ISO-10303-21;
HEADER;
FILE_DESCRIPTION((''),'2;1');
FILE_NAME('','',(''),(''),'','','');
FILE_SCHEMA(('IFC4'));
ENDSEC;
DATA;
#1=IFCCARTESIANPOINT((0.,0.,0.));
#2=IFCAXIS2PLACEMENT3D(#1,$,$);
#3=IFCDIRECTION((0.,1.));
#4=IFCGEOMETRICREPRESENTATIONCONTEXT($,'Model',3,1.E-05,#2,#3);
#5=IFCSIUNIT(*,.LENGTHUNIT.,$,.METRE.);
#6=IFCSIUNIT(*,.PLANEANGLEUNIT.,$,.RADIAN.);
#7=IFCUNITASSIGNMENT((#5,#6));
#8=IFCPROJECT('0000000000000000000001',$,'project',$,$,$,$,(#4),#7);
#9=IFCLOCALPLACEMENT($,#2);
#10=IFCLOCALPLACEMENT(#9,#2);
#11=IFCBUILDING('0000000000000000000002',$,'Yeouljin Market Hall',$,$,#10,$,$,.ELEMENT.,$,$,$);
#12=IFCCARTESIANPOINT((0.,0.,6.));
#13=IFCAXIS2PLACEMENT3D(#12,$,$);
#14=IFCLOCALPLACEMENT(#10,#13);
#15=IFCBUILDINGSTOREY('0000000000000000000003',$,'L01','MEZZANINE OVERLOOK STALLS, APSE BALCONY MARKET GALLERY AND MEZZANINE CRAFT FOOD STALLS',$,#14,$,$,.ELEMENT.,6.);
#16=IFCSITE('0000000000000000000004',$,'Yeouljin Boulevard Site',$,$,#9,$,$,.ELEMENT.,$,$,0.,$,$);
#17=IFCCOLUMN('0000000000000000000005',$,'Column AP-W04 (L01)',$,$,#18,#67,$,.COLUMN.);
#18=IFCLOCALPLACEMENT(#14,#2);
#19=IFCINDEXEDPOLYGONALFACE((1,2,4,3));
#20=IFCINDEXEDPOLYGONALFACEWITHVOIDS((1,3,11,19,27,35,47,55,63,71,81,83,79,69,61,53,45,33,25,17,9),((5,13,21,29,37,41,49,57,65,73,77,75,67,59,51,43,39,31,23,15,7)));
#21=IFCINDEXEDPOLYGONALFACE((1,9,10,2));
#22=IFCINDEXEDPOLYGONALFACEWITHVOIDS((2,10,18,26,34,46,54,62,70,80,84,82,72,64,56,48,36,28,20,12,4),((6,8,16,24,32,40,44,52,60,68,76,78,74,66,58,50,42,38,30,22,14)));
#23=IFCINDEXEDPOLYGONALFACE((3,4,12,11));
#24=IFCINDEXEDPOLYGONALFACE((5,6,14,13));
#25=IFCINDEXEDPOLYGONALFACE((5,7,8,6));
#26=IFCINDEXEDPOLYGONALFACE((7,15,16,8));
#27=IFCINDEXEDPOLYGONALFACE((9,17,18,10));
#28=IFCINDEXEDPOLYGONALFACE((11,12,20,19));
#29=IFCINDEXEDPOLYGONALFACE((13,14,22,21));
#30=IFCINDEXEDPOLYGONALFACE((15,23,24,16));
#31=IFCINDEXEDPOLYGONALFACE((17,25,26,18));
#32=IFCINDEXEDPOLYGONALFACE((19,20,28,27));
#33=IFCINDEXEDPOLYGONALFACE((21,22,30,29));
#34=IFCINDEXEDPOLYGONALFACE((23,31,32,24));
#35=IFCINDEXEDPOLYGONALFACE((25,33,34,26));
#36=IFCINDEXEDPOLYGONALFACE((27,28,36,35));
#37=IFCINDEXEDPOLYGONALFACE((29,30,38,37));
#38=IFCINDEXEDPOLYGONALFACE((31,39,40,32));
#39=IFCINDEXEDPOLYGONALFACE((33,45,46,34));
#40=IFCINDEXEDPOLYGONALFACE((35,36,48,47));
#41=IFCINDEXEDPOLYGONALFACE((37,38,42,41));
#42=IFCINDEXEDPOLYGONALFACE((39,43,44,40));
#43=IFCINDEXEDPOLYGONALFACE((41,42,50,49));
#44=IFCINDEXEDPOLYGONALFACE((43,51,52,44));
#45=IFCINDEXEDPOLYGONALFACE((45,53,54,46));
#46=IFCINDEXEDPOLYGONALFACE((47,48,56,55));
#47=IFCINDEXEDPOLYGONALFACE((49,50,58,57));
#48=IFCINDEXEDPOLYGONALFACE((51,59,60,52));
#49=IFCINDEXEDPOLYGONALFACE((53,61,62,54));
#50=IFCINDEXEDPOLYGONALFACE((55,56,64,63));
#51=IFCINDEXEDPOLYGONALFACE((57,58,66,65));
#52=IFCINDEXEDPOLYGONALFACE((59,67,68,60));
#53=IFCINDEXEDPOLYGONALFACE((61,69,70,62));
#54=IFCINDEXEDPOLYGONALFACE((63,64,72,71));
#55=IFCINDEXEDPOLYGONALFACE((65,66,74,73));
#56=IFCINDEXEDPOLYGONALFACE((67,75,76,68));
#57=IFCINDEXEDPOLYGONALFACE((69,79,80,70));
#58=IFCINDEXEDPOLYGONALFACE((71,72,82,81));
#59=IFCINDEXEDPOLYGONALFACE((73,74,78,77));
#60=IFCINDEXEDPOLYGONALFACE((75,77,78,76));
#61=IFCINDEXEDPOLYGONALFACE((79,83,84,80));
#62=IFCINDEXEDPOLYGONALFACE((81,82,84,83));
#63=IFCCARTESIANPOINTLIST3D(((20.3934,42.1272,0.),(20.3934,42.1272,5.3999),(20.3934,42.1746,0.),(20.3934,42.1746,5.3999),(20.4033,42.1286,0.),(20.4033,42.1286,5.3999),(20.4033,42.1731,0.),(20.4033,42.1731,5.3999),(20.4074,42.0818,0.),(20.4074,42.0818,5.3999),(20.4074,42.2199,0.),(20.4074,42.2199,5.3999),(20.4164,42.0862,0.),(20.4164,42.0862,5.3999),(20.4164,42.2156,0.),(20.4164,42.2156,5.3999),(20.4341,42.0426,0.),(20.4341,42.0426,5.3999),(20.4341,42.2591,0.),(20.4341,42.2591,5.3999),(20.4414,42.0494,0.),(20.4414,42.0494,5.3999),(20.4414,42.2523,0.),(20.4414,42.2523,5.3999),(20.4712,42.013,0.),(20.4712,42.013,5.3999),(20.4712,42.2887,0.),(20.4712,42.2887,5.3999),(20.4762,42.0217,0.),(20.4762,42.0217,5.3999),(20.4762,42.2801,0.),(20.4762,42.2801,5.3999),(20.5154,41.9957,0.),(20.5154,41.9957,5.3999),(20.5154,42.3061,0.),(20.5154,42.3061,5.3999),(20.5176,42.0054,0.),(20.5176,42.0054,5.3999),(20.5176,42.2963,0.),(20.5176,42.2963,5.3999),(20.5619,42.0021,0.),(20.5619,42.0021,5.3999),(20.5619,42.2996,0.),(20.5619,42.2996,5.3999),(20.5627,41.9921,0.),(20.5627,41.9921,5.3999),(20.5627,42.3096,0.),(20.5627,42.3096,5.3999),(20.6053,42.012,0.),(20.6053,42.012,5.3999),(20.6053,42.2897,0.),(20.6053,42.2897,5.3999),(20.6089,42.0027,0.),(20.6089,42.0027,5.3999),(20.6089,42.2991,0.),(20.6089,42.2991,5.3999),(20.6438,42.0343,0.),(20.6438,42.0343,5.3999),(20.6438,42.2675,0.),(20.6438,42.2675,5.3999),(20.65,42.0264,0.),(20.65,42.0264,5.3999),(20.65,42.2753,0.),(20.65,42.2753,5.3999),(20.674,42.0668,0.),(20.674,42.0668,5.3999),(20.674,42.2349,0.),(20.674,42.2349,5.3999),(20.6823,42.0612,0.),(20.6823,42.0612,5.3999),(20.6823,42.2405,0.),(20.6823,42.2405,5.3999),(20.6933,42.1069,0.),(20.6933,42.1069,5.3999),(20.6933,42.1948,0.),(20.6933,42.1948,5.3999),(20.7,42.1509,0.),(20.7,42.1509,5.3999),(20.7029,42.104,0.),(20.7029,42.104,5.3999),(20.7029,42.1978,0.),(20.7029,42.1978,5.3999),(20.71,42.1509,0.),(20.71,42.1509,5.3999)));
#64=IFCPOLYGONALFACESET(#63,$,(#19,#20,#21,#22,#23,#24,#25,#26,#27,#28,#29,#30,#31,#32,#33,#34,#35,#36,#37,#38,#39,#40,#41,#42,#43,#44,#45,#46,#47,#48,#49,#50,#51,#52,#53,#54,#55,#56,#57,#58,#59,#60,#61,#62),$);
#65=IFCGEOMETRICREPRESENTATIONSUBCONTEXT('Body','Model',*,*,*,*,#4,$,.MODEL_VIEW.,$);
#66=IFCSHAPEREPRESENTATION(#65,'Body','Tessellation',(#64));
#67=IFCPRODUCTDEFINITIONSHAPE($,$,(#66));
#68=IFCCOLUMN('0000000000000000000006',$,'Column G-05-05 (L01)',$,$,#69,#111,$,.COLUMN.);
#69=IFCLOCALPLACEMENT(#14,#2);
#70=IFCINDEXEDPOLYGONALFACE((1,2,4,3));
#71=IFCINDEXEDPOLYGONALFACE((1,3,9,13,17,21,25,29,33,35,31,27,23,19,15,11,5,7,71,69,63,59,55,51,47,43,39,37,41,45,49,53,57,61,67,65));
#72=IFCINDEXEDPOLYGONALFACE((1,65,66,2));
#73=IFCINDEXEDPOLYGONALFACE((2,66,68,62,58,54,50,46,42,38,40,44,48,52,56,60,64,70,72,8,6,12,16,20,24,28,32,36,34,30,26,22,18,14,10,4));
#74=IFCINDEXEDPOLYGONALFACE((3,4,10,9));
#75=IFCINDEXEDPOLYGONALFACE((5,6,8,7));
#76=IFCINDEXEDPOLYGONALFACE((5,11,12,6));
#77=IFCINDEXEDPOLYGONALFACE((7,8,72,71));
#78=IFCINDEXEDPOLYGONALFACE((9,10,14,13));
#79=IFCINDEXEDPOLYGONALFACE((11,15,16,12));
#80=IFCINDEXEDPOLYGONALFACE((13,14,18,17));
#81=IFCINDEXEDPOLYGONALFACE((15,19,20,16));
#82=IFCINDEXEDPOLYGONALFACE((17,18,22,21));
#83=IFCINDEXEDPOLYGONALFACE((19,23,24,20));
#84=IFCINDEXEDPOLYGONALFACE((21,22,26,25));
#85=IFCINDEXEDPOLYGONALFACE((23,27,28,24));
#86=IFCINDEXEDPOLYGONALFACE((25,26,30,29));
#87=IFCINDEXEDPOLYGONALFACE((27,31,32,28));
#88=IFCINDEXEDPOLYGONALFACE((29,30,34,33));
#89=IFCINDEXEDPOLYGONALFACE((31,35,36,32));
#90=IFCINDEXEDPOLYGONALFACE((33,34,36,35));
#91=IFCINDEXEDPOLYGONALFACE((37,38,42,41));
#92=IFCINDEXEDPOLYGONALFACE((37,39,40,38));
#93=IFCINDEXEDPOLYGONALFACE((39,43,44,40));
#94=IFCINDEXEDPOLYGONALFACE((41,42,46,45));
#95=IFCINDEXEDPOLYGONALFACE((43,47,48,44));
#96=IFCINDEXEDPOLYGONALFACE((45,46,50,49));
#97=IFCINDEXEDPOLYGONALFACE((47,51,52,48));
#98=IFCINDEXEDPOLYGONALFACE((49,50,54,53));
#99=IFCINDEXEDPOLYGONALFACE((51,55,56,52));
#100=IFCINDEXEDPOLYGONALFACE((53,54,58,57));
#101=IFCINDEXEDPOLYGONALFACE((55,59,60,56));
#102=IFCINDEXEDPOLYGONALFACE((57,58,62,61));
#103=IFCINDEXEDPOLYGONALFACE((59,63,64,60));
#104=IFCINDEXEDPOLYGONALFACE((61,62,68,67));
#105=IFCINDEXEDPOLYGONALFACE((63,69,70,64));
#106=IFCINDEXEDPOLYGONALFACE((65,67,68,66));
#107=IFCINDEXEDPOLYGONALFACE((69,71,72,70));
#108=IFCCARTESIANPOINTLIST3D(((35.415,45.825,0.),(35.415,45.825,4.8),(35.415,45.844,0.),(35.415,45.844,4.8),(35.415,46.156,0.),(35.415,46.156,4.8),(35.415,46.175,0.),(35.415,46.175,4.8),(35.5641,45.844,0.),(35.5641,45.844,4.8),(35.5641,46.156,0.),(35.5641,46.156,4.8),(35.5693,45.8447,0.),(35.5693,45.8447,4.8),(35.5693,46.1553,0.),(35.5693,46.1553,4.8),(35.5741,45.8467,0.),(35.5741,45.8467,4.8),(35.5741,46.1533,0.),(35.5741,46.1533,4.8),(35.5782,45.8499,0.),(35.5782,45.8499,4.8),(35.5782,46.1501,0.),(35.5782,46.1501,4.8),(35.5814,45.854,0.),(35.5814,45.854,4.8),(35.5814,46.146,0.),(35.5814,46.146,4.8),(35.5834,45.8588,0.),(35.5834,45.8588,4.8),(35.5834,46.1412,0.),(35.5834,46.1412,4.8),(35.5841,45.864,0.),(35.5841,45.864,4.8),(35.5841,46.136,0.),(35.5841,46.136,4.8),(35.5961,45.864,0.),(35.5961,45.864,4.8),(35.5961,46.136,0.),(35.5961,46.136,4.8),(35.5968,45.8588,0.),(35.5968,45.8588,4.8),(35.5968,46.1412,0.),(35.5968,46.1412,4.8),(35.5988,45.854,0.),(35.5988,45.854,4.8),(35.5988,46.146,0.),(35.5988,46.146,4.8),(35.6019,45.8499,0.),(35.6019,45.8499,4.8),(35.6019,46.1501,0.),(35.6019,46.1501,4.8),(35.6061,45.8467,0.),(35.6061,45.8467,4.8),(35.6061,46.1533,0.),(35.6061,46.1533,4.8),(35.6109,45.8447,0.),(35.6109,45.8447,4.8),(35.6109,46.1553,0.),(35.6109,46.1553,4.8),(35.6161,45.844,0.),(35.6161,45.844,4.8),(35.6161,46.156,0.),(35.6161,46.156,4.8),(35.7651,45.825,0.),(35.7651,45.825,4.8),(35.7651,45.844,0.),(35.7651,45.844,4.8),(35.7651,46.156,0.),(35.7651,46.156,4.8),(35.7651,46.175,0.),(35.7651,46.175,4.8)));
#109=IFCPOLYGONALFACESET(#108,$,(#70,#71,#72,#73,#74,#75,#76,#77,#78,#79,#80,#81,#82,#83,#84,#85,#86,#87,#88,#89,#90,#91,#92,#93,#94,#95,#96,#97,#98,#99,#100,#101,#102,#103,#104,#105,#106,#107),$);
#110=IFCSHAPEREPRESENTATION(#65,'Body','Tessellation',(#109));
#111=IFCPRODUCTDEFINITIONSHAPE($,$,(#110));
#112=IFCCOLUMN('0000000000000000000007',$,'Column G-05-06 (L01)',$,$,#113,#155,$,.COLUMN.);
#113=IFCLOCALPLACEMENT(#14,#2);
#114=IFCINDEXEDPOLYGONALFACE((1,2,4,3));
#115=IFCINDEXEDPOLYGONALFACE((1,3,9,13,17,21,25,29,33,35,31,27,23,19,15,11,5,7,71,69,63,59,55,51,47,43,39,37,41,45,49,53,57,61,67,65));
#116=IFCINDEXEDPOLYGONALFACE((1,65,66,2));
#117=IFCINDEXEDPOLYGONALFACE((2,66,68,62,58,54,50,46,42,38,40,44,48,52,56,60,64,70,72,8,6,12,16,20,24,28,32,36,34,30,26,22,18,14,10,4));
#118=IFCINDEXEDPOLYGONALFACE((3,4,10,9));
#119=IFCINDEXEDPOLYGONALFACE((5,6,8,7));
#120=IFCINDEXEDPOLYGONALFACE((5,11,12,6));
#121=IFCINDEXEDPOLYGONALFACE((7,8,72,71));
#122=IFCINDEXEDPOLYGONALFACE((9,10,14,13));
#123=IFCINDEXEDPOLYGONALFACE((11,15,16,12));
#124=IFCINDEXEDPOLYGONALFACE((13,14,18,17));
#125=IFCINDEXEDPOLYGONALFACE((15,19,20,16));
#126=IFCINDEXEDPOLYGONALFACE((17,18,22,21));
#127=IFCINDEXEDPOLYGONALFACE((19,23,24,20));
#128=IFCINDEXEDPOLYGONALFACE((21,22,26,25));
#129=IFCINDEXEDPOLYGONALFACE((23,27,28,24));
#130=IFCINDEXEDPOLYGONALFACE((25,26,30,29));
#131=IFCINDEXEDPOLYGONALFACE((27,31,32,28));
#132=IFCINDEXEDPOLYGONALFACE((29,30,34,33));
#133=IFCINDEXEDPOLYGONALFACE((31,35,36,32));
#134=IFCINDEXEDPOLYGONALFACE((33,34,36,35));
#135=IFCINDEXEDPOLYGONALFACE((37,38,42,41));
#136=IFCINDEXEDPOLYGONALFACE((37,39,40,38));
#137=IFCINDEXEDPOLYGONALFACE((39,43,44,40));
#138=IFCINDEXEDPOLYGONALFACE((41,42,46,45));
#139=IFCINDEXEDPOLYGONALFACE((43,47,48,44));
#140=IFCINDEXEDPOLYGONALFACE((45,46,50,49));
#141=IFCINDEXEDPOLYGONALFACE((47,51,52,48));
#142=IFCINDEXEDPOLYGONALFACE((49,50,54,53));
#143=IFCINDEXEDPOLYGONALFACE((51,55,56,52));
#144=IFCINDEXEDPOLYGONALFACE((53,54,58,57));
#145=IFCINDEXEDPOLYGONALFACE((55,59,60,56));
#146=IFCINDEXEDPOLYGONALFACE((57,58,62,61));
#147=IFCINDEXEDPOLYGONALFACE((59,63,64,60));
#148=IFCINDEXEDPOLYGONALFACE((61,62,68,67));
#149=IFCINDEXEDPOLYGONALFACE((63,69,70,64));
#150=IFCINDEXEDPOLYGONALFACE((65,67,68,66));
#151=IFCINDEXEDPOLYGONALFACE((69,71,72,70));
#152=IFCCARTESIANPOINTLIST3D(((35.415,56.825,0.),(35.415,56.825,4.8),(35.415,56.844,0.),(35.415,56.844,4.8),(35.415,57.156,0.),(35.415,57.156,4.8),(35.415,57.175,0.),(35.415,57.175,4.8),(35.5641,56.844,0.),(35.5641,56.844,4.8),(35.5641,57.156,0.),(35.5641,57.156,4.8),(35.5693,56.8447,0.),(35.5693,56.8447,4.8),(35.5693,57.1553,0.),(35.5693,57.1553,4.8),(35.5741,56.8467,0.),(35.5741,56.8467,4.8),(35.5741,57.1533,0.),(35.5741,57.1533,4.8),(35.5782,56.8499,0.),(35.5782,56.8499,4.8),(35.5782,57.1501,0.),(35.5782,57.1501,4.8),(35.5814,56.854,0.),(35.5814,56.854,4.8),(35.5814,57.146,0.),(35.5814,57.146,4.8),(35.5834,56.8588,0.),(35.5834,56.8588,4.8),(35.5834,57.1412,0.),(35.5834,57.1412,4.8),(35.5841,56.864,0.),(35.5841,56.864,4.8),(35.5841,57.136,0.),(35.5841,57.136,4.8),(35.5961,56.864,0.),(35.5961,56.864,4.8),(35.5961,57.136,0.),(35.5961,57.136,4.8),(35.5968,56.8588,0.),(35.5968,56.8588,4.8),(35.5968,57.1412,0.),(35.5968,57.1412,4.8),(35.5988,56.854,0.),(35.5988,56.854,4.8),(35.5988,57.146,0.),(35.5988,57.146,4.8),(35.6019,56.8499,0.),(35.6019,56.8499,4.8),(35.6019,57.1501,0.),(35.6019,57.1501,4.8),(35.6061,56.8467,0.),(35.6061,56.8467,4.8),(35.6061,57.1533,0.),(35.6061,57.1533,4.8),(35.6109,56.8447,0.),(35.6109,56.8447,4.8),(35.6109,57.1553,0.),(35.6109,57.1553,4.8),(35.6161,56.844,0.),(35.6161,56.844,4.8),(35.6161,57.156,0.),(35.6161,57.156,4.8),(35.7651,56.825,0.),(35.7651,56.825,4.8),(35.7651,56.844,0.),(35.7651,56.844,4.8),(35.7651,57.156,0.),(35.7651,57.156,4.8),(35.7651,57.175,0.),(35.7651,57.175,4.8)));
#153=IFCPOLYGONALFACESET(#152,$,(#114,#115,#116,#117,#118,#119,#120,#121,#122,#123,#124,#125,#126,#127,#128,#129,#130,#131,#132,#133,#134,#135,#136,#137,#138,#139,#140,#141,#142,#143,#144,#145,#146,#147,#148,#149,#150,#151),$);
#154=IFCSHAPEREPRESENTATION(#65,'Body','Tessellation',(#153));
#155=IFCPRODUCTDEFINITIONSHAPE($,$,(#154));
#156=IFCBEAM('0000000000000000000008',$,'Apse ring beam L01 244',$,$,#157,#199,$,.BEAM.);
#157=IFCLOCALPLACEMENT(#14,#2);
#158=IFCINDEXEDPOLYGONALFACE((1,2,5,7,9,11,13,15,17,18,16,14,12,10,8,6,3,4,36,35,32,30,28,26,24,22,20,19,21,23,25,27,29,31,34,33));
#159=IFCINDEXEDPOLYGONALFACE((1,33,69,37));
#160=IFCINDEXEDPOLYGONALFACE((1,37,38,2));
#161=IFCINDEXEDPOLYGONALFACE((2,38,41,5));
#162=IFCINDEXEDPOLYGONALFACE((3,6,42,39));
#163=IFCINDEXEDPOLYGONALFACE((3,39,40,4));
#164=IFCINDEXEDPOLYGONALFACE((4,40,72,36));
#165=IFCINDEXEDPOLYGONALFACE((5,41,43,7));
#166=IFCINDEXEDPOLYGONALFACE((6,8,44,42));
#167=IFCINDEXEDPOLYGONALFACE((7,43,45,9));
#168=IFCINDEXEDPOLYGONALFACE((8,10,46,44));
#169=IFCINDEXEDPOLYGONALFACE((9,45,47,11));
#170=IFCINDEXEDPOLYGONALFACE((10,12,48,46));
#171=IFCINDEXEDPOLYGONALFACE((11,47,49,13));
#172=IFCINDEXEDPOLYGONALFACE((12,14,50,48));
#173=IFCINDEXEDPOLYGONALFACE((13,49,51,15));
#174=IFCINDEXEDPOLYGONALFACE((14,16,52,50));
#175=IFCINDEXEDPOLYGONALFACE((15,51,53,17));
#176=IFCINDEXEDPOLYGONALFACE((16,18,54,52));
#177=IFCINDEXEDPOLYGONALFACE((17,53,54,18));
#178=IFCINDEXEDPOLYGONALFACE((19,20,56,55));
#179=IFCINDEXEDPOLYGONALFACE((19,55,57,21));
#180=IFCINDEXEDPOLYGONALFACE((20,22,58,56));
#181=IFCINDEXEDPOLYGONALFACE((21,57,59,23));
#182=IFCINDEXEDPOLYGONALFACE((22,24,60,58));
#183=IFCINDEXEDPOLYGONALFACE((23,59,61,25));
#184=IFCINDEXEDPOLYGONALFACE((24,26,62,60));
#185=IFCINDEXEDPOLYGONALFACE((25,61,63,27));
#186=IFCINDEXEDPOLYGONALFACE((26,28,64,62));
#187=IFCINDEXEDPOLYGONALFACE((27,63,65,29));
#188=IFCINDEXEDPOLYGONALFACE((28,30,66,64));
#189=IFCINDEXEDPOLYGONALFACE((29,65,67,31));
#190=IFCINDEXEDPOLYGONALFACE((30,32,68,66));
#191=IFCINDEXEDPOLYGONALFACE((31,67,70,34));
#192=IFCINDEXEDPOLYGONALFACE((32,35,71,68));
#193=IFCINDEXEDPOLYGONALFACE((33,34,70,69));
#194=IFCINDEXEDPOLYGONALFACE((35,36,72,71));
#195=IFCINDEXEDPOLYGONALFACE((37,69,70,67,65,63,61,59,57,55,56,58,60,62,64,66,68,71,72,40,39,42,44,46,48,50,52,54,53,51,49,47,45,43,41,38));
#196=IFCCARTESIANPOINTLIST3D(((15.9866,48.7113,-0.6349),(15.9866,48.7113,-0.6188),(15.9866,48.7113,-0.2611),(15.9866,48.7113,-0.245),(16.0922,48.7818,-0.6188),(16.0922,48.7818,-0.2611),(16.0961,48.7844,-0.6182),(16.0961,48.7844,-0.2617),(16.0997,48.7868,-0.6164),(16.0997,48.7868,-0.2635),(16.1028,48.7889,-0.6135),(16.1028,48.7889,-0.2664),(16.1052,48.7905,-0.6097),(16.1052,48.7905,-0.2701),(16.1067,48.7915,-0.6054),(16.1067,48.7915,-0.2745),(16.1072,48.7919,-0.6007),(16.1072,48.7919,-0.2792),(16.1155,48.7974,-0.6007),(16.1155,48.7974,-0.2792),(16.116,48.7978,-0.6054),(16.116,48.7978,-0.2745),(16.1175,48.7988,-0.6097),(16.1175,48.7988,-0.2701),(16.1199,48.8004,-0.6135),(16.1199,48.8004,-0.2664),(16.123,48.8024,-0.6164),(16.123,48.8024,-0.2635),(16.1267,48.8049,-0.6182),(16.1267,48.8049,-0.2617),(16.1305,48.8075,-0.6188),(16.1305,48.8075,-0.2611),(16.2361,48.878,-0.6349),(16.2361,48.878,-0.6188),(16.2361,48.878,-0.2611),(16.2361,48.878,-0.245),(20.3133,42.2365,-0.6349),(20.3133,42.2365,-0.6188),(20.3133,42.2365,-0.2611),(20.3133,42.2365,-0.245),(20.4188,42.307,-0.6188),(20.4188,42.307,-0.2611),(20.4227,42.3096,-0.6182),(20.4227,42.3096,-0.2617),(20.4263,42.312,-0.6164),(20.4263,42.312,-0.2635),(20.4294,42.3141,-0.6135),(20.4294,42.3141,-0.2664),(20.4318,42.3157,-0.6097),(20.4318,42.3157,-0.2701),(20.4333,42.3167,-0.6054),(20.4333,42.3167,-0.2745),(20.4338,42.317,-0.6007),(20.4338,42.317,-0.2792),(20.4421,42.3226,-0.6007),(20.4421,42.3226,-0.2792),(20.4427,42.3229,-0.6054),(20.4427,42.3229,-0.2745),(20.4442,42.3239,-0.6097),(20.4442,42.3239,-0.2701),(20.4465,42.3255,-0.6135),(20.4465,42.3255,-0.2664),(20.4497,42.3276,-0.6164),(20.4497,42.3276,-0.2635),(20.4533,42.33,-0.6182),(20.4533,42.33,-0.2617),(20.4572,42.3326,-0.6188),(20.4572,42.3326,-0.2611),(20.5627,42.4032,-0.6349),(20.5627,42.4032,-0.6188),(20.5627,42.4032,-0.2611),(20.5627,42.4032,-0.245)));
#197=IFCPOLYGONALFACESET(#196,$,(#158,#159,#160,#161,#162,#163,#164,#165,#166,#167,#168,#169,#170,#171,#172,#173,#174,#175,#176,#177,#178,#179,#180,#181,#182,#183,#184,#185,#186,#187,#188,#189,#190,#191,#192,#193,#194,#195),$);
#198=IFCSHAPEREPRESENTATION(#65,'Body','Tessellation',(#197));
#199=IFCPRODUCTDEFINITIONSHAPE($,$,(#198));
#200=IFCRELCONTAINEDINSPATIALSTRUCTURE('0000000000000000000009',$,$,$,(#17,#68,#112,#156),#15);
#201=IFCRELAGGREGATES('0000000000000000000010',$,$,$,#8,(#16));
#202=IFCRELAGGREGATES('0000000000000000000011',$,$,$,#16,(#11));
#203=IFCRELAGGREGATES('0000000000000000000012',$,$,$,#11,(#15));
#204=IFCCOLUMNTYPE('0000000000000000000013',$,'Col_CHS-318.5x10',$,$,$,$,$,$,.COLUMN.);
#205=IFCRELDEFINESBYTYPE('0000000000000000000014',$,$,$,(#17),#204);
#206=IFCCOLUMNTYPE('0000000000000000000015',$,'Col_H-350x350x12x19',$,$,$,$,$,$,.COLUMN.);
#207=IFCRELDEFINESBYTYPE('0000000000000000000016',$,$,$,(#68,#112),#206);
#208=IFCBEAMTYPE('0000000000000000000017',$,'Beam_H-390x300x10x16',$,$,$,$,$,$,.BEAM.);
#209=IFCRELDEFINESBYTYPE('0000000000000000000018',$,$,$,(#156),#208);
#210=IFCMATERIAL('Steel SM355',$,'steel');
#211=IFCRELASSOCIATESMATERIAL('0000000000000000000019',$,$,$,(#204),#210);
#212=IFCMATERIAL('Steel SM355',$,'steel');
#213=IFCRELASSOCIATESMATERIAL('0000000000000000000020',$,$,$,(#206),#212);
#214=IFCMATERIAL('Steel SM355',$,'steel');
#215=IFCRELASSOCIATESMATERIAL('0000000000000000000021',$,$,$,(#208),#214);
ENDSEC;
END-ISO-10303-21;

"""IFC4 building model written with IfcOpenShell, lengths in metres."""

from ifc_helpers import new_model, si_unit, direction, frame, origin, origin_2d, place, context, subcontext, project, spatial, hollow_circle, i_section, extrude, material, material_profile, profile_set, type_object, element, save


model = new_model("IFC4")

# Units and contexts
model_context = context("Model", 3, precision=1e-05, world=origin(), true_north=direction((0.0, 1.0)))
body_context = subcontext(model_context, "Body", "Model", "MODEL_VIEW")
ifc_project = project(units=[si_unit("LENGTHUNIT", "METRE"), si_unit("PLANEANGLEUNIT", "RADIAN")], contexts=[model_context])

# Site, building, storey
site_placement = place(None, origin())
site = spatial("IfcSite", under=ifc_project, at=site_placement, Name="Yeouljin Boulevard Site", CompositionType="ELEMENT", RefElevation=0.0)
building_placement = place(site_placement, origin())
building = spatial("IfcBuilding", under=site, at=building_placement, Name="Yeouljin Market Hall", CompositionType="ELEMENT")
storey_placement = place(building_placement, frame((0.0, 0.0, 6.0)))
storey = spatial("IfcBuildingStorey", under=building, at=storey_placement, Name="L01", Description="MEZZANINE OVERLOOK STALLS, APSE BALCONY MARKET GALLERY AND MEZZANINE CRAFT FOOD STALLS", CompositionType="ELEMENT", Elevation=6.0)

# Columns
ifc_material_1 = material(Name="Steel SM355", Category="steel")
ifc_material_profile_1 = material_profile(ifc_material_1, hollow_circle(Radius=0.1592, WallThickness=0.01, at=origin_2d()), Name="CHS-318.5x10")
ifc_profile_set_1 = profile_set([ifc_material_profile_1], Name="Steel SM355")
column_type_1 = type_object("IfcColumnType", Name="Col_CHS-318.5x10", PredefinedType="COLUMN", material=ifc_profile_set_1)
column_placement = place(storey_placement, frame((20.5508, 42.1509, 0.0), z_axis=(0.0, 0.0, 1.0), x_axis=(1.0, 0.0, 0.0)))
element("IfcColumn", 1, at=column_placement, inside=storey, type_object=column_type_1, Name="Column AP-W04 (L01)", PredefinedType="COLUMN", context=body_context, shape_type="SweptSolid", body=[
    extrude(hollow_circle(Radius=0.1592, WallThickness=0.01, at=origin_2d()), origin(), (0.0, 0.0, 1.0), 5.3999),
])
ifc_material_2 = material(Name="Steel SM355", Category="steel")
ifc_material_profile_2 = material_profile(ifc_material_2, i_section(OverallWidth=0.3501, OverallDepth=0.3501, WebThickness=0.012, FlangeThickness=0.019, FilletRadius=0.02, at=origin_2d()), Name="H-350x350x12x19")
ifc_profile_set_2 = profile_set([ifc_material_profile_2], Name="Steel SM355")
column_type_2 = type_object("IfcColumnType", Name="Col_H-350x350x12x19", PredefinedType="COLUMN", material=ifc_profile_set_2)
for number, where, z_axis, x_axis, name in (
    (2, (35.5901, 46.0, 0.0), (0.0, 0.0, 1.0), (1.0, 0.0, 0.0), "Column G-05-05 (L01)"),
    (3, (35.5901, 57.0, 0.0), (0.0, 0.0, 1.0), (1.0, 0.0, 0.0), "Column G-05-06 (L01)"),
):
    element("IfcColumn", number, at=place(storey_placement, frame(where, z_axis=z_axis, x_axis=x_axis)), inside=storey, type_object=column_type_2, Name=name, PredefinedType="COLUMN", context=body_context, shape_type="SweptSolid", body=[
        extrude(i_section(OverallWidth=0.3501, OverallDepth=0.3501, WebThickness=0.012, FlangeThickness=0.019, FilletRadius=0.02, at=origin_2d()), origin(), (0.0, 0.0, 1.0), 4.8),
    ])

# Beam
ifc_material_3 = material(Name="Steel SM355", Category="steel")
ifc_material_profile_3 = material_profile(ifc_material_3, i_section(OverallWidth=0.3, OverallDepth=0.3899, WebThickness=0.01, FlangeThickness=0.0161, FilletRadius=0.0181, at=origin_2d()), Name="H-390x300x10x16")
ifc_profile_set_3 = profile_set([ifc_material_profile_3], Name="Steel SM355")
beam_type_1 = type_object("IfcBeamType", Name="Beam_H-390x300x10x16", PredefinedType="BEAM", material=ifc_profile_set_3)
beam_1_placement = place(storey_placement, frame((20.438, 42.3198, -0.4399), z_axis=(-0.555597, 0.831452, 0.0), x_axis=(-0.831452, -0.555597, 0.0)))
element("IfcBeam", 4, at=beam_1_placement, inside=storey, type_object=beam_type_1, Name="Apse ring beam L01 244", PredefinedType="BEAM", context=body_context, shape_type="SweptSolid", body=[
    extrude(i_section(OverallWidth=0.3, OverallDepth=0.3899, WebThickness=0.01, FlangeThickness=0.0161, FilletRadius=0.0181, at=origin_2d()), origin(), (0.0, 0.0, 1.0), 7.7874),
])

save(model, "model.ifc")
